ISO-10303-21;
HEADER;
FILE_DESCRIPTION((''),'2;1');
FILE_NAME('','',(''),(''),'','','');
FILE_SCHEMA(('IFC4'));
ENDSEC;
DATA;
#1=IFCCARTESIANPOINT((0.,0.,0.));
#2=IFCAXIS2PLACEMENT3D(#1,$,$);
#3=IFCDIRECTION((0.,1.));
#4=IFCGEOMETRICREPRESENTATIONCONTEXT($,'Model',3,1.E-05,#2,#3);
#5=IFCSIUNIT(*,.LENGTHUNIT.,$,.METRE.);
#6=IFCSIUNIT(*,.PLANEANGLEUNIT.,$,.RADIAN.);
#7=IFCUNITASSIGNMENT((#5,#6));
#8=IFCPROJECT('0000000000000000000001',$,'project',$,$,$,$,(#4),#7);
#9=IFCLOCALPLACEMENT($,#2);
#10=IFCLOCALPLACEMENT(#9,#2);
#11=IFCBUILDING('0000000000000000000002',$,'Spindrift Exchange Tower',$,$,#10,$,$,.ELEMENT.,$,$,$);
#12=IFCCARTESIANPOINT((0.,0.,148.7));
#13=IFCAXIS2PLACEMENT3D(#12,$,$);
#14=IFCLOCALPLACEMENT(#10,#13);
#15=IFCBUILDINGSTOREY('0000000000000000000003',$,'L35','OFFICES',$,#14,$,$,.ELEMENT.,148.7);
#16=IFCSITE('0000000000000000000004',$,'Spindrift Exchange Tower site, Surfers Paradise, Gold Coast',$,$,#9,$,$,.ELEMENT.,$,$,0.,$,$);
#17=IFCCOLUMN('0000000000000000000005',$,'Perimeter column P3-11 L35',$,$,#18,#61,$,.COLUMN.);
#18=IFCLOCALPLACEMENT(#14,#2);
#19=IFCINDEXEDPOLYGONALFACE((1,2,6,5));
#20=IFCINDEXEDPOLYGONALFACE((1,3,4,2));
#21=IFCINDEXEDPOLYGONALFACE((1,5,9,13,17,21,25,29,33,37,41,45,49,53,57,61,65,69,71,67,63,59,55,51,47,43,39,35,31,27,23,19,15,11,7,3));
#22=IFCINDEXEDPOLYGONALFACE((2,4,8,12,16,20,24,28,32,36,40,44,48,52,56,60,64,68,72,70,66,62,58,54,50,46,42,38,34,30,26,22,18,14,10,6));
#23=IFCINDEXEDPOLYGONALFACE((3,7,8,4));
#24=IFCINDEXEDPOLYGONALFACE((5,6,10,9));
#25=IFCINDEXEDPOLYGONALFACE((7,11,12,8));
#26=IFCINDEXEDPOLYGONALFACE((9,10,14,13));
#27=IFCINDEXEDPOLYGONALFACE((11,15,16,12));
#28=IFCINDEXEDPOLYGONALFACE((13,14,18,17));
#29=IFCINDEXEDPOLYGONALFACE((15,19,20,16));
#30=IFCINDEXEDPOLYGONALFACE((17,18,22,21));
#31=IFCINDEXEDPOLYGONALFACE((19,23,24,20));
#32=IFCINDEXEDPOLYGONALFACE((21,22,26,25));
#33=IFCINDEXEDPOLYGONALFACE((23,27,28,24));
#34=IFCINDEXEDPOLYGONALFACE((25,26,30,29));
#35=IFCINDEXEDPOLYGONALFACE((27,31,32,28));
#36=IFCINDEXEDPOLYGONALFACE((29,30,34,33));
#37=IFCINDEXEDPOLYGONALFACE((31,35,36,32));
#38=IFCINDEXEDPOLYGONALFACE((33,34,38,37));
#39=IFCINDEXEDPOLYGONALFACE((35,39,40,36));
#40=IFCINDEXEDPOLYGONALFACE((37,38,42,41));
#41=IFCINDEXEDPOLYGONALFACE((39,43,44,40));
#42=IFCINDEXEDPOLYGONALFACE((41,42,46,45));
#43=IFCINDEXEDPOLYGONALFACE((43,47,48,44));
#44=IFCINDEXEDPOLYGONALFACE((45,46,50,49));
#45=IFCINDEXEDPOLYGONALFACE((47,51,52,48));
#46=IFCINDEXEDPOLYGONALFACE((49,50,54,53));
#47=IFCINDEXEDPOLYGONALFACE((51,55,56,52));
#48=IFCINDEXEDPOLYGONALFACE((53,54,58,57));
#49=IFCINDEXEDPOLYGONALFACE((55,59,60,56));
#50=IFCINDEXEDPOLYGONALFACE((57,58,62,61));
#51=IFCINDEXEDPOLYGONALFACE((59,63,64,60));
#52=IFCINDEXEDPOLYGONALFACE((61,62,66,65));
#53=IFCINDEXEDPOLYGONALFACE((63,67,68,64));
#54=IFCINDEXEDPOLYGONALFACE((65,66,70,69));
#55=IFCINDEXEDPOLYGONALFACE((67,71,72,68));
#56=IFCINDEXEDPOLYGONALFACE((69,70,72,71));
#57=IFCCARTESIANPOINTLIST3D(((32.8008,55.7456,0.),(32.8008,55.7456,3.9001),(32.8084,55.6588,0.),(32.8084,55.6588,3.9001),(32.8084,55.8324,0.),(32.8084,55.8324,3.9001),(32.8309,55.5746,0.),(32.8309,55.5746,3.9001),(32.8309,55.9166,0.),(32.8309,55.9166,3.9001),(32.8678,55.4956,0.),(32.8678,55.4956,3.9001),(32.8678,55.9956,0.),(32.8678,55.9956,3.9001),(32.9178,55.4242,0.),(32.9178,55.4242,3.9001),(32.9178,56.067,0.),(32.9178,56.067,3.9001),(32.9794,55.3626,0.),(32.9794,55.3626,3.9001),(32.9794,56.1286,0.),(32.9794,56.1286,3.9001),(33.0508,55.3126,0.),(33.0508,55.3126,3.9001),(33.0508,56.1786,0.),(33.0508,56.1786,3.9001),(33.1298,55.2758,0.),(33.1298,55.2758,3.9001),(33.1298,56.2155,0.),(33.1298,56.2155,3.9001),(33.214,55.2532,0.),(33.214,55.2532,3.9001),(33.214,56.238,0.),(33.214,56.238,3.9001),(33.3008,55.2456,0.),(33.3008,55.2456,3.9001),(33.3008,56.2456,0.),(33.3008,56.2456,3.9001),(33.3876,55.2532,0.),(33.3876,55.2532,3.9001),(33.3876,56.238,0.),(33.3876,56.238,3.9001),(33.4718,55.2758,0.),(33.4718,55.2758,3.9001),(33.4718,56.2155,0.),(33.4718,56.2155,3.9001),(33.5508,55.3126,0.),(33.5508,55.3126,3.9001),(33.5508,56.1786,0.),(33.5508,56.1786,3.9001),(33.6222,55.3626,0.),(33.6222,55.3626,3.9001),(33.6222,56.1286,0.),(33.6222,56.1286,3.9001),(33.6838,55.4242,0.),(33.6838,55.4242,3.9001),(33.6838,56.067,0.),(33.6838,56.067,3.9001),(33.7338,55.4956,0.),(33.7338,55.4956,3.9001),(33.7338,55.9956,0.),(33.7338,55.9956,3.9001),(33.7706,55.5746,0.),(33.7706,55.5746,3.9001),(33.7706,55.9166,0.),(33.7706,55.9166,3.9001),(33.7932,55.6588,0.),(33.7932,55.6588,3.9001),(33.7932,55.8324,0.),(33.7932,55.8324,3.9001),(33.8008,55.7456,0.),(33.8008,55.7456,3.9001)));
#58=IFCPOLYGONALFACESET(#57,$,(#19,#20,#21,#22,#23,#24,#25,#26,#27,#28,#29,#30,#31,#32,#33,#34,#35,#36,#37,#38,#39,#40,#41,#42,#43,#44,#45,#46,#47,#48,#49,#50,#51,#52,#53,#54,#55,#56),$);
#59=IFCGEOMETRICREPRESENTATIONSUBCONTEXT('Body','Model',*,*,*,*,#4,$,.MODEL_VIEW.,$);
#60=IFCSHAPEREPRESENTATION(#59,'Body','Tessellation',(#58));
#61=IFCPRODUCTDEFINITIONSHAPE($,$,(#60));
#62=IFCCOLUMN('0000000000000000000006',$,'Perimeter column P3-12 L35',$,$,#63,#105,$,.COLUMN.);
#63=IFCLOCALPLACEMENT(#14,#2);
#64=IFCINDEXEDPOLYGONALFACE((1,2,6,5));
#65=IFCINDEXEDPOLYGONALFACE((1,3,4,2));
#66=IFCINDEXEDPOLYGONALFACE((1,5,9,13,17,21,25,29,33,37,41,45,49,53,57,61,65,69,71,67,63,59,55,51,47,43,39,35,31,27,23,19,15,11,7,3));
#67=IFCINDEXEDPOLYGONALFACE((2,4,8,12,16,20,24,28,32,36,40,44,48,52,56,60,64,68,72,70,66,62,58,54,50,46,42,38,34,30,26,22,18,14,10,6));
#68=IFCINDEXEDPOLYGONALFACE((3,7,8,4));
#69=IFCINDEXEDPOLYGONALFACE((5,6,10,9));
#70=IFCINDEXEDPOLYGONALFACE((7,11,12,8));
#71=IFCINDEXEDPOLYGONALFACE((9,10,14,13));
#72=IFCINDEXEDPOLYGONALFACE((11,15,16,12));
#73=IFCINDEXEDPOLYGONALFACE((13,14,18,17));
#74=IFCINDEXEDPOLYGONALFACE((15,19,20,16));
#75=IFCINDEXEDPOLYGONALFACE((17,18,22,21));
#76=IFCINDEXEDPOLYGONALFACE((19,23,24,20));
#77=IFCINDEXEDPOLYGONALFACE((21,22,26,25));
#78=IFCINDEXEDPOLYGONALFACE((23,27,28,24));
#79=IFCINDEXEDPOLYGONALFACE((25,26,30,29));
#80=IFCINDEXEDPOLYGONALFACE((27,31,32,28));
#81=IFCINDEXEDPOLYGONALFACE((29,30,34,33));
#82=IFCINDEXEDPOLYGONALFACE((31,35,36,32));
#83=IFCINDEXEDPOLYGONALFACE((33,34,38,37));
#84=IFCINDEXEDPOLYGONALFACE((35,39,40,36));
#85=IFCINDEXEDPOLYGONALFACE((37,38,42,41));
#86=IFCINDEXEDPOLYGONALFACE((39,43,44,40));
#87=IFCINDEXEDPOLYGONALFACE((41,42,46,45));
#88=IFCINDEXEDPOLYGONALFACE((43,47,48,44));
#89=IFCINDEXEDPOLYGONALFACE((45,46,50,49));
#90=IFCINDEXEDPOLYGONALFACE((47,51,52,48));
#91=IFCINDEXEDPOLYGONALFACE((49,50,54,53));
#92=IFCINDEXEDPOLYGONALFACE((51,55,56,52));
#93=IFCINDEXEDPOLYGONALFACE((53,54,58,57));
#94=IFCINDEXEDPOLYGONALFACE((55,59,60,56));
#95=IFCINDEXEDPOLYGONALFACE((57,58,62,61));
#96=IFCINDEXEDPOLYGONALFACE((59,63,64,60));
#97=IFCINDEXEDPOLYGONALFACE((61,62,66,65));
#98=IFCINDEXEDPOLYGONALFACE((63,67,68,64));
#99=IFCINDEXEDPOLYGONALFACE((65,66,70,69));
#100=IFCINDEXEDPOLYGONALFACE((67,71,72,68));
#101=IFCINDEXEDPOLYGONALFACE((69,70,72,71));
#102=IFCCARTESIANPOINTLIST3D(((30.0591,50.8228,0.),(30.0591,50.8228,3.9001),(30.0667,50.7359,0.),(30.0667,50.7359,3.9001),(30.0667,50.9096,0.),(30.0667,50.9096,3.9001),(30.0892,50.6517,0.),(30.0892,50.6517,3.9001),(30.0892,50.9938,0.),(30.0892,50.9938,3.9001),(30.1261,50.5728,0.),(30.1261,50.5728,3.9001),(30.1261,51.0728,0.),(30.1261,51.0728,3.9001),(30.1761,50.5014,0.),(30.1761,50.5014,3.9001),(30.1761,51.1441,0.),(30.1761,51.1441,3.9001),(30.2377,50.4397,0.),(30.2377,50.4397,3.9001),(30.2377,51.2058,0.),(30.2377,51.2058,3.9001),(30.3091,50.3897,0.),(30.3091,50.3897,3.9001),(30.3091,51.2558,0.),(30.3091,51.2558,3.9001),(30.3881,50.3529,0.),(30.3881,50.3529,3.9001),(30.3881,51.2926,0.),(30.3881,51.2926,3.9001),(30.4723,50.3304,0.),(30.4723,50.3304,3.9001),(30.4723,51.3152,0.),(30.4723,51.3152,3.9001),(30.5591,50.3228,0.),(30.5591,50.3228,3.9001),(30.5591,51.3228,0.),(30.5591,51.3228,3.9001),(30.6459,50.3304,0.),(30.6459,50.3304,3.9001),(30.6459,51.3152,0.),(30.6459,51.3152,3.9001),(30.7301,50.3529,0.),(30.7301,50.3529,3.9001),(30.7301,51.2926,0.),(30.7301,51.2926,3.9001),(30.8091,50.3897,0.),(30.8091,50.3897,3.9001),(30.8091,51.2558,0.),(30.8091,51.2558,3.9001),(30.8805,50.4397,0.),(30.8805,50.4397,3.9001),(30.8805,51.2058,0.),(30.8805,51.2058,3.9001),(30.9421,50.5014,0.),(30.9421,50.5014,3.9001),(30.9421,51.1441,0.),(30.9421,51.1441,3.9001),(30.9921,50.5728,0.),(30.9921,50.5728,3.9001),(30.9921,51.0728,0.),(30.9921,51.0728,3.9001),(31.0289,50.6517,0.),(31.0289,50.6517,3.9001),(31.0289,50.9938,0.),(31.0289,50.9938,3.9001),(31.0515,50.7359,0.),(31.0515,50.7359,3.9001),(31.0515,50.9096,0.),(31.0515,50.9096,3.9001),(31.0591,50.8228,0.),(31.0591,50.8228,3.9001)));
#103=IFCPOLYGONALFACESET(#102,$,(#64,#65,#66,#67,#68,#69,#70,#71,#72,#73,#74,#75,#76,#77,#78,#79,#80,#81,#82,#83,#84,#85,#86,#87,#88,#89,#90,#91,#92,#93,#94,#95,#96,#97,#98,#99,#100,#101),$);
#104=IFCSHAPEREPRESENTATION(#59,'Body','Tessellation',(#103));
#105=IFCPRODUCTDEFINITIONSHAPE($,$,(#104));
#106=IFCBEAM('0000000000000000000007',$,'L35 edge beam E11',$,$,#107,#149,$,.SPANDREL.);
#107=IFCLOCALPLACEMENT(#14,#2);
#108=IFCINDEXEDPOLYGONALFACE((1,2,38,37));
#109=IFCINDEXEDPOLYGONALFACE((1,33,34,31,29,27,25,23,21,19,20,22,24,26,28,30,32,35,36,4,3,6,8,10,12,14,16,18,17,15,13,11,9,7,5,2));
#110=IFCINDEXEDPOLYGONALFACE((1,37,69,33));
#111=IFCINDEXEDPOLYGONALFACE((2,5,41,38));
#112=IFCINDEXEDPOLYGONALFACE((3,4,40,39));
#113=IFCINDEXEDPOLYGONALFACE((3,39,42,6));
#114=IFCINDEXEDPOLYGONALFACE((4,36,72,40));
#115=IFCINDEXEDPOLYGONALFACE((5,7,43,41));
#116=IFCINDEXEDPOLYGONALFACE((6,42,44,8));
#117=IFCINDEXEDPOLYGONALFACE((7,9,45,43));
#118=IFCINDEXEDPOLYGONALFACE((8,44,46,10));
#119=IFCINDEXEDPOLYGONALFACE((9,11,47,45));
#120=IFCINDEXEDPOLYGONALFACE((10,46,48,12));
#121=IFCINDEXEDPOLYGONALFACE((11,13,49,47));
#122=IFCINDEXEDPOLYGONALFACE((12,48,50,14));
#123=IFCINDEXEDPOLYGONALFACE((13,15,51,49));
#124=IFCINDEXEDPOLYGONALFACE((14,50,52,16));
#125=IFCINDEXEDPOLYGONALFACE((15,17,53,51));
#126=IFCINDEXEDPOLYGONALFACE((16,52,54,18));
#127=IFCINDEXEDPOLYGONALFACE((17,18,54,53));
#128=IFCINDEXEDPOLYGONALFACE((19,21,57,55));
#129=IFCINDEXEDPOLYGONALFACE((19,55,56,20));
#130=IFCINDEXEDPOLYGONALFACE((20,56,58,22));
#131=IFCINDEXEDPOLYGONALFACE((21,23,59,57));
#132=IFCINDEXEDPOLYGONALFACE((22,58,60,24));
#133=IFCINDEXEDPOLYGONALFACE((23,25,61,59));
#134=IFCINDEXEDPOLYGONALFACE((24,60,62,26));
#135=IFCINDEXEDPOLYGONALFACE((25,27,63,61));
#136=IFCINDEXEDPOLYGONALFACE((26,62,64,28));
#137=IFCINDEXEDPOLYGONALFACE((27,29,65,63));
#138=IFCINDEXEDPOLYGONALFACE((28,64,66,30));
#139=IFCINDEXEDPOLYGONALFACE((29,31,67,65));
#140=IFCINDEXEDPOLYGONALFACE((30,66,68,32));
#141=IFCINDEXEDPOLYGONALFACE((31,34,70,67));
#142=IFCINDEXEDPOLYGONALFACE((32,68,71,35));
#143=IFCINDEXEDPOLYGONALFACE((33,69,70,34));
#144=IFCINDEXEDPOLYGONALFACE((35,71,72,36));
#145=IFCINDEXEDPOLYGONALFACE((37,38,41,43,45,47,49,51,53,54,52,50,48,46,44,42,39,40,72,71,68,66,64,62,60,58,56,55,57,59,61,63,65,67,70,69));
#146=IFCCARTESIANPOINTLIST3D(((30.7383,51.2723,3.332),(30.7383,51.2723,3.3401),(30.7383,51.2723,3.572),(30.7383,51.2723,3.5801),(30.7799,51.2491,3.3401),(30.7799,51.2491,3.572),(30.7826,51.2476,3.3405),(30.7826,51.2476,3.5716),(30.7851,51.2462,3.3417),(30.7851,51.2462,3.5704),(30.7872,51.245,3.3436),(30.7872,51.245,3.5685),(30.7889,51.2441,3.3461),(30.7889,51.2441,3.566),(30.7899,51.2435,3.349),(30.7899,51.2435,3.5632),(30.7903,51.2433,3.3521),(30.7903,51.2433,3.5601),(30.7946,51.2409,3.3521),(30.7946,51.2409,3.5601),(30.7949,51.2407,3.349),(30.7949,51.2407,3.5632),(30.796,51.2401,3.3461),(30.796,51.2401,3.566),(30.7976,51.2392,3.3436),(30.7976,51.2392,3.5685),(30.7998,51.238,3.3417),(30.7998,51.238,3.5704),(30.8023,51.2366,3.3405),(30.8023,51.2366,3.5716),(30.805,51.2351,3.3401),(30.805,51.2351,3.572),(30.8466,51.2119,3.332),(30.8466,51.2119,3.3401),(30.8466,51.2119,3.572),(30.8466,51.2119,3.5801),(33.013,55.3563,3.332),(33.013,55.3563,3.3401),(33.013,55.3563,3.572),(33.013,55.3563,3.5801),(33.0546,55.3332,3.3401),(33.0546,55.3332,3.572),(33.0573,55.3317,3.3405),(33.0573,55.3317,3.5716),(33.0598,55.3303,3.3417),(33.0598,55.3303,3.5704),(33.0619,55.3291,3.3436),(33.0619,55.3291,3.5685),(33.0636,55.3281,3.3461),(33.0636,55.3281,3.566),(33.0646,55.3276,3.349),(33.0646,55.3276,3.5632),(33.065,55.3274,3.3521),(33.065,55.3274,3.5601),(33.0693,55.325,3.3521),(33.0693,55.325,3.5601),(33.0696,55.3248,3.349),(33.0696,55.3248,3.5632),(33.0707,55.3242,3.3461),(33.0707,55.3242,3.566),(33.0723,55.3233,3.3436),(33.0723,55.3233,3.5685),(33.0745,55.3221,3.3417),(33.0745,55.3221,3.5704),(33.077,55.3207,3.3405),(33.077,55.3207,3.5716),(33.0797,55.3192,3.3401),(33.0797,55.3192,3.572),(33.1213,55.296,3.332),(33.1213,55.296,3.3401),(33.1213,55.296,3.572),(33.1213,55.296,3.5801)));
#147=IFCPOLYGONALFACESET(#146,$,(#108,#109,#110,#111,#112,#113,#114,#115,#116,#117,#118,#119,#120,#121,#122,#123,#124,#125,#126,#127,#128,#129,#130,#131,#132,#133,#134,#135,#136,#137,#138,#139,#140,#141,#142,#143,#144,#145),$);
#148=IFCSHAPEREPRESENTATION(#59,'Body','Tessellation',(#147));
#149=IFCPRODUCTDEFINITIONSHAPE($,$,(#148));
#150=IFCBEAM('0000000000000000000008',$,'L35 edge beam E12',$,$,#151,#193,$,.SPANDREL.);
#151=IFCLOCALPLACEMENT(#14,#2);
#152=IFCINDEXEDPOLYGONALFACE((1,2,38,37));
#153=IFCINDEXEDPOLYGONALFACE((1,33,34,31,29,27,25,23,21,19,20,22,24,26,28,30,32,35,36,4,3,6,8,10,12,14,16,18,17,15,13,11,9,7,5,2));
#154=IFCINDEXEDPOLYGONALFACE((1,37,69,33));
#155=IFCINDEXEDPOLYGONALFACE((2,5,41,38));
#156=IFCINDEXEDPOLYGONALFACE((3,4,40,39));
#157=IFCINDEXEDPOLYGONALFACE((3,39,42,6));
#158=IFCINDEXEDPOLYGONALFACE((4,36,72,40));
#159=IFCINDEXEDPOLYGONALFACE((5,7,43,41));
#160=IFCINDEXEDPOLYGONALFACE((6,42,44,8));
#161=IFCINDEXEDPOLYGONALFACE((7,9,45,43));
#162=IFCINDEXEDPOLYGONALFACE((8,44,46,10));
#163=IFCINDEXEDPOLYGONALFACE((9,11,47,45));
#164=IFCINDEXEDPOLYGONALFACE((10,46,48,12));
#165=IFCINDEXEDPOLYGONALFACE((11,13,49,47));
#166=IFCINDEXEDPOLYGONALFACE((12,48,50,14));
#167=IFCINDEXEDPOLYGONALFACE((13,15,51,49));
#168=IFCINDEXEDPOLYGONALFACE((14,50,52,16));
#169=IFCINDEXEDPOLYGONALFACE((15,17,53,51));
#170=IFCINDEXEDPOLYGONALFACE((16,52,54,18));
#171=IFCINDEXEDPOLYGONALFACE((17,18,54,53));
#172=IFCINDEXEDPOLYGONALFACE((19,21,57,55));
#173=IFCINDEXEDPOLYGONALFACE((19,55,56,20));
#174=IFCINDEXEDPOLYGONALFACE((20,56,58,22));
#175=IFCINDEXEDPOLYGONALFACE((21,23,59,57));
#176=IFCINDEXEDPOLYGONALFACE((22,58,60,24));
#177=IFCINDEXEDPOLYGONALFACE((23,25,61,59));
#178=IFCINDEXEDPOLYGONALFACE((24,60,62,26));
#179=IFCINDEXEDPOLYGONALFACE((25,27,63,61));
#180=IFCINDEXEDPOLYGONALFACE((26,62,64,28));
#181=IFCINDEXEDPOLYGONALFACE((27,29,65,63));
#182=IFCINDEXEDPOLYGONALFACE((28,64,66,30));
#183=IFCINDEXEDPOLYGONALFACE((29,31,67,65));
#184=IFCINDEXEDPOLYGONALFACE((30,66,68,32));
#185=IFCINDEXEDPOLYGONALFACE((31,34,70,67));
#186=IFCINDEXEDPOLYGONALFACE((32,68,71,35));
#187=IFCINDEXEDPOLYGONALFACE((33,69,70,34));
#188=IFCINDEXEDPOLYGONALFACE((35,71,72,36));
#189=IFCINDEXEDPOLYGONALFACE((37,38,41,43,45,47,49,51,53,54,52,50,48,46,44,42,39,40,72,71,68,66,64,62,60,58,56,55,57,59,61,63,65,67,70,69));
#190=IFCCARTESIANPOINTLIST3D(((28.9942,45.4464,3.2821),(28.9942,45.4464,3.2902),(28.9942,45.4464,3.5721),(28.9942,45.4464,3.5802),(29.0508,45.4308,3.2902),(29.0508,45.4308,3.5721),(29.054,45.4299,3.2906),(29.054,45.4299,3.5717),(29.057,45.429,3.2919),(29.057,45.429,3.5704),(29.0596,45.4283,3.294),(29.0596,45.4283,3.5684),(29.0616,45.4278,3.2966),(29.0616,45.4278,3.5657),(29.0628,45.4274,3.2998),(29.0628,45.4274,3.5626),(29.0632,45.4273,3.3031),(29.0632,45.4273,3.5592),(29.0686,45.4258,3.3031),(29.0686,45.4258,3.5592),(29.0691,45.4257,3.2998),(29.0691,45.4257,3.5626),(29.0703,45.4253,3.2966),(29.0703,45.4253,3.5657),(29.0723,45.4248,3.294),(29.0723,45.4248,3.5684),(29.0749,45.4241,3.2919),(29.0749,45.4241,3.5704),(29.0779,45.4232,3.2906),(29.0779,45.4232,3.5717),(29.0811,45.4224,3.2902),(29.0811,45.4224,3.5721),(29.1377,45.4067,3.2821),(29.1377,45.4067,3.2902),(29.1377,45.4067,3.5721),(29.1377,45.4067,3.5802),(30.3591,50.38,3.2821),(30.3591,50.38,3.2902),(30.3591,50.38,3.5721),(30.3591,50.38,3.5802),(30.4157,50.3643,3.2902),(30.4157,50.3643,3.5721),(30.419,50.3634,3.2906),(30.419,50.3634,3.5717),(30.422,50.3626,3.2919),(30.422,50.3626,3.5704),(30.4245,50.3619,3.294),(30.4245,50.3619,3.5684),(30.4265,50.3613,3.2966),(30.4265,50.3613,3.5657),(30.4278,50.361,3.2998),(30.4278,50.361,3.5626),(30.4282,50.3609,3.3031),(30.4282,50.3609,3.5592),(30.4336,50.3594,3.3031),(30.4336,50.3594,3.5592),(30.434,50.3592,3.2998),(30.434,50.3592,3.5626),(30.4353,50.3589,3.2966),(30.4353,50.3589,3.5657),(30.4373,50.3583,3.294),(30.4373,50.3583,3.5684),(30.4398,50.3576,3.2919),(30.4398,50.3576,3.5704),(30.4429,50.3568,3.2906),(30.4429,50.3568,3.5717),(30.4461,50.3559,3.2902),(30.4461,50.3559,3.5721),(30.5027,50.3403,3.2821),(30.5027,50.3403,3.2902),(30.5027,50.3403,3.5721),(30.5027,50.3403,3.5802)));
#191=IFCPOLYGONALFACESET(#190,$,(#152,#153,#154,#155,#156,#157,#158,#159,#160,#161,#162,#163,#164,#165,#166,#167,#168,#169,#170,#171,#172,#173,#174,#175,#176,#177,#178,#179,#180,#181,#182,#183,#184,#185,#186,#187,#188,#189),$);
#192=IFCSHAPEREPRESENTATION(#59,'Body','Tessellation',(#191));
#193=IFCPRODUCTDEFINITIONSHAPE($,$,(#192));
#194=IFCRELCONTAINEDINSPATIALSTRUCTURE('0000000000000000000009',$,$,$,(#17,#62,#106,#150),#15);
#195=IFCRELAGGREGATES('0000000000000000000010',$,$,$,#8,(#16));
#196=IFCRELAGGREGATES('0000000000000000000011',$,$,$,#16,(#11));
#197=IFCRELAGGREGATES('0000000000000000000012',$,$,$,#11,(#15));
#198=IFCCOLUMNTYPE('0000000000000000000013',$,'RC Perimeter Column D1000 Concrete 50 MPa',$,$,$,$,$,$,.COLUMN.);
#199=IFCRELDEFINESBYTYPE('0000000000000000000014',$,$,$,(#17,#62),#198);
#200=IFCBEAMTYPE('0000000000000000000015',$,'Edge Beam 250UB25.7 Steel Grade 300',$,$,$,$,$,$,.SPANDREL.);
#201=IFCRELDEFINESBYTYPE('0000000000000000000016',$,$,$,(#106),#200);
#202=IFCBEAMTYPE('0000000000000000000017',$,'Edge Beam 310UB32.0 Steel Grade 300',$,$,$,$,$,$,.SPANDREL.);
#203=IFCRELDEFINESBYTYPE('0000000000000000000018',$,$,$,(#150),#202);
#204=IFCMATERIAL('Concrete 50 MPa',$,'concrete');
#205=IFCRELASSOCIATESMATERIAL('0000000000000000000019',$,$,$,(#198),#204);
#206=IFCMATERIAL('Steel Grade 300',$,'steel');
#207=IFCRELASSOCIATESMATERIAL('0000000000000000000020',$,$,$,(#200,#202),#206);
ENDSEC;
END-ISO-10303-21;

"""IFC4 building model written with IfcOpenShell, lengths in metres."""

from ifc_helpers import new_model, si_unit, direction, frame, origin, origin_2d, place, context, subcontext, project, spatial, circle, i_section, extrude, source, transform, mapped, material, material_profile, profile_set, type_object, element, save


model = new_model("IFC4")

# Units and contexts
model_context = context("Model", 3, precision=1e-05, world=origin(), true_north=direction((0.0, 1.0)))
body_context = subcontext(model_context, "Body", "Model", "MODEL_VIEW")
ifc_project = project(units=[si_unit("LENGTHUNIT", "METRE"), si_unit("PLANEANGLEUNIT", "RADIAN")], contexts=[model_context])

# Site, building, storey
site_placement = place(None, origin())
site = spatial("IfcSite", under=ifc_project, at=site_placement, Name="Spindrift Exchange Tower site, Surfers Paradise, Gold Coast", CompositionType="ELEMENT", RefElevation=0.0)
building_placement = place(site_placement, origin())
building = spatial("IfcBuilding", under=site, at=building_placement, Name="Spindrift Exchange Tower", CompositionType="ELEMENT")
storey_placement = place(building_placement, frame((0.0, 0.0, 148.7)))
storey = spatial("IfcBuildingStorey", under=building, at=storey_placement, Name="L35", Description="OFFICES", CompositionType="ELEMENT", Elevation=148.7)

# Columns
ifc_material_1 = material(Name="Concrete 50 MPa", Category="concrete")
ifc_material_profile_1 = material_profile(ifc_material_1, circle(Radius=0.5, at=origin_2d()), Name="RC D1000")
ifc_profile_set_1 = profile_set([ifc_material_profile_1], Name="Concrete 50 MPa")
column_type = type_object("IfcColumnType", Name="RC Perimeter Column D1000 Concrete 50 MPa", PredefinedType="COLUMN", material=ifc_profile_set_1)
shared_shape_1 = source(origin(), body_context, "Body", "SweptSolid", [
    extrude(circle(Radius=0.5, at=origin_2d()), origin(), (0.0, 0.0, 1.0), 3.9001),
])
for number, where, z_axis, x_axis, name in (
    (1, (33.3008, 55.7456, 0.0), (0.0, 0.0, 1.0), (1.0, 0.0, 0.0), "Perimeter column P3-11 L35"),
    (2, (30.5591, 50.8228, 0.0), (0.0, 0.0, 1.0), (1.0, 0.0, 0.0), "Perimeter column P3-12 L35"),
):
    element("IfcColumn", number, at=place(storey_placement, frame(where, z_axis=z_axis, x_axis=x_axis)), inside=storey, type_object=column_type, Name=name, PredefinedType="COLUMN", context=body_context, shape_type="MappedRepresentation", body=[
        mapped(shared_shape_1, transform((0.0, 0.0, 0.0), scale=1.0)),
    ])

# Beams
ifc_material_2 = material(Name="Steel Grade 300", Category="steel")
ifc_material_profile_2 = material_profile(ifc_material_2, i_section(OverallWidth=0.124, OverallDepth=0.248, WebThickness=0.0049, FlangeThickness=0.0081, FilletRadius=0.012, at=origin_2d()), Name="250UB25.7")
ifc_profile_set_2 = profile_set([ifc_material_profile_2], Name="Steel Grade 300")
beam_type_1 = type_object("IfcBeamType", Name="Edge Beam 250UB25.7 Steel Grade 300", PredefinedType="SPANDREL", material=ifc_profile_set_2)
shared_shape_2 = source(origin(), body_context, "Body", "SweptSolid", [
    extrude(i_section(OverallWidth=0.124, OverallDepth=0.248, WebThickness=0.0049, FlangeThickness=0.0081, FilletRadius=0.012, at=origin_2d()), origin(), (0.0, 0.0, 1.0), 4.6748),
])
beam_1_placement = place(storey_placement, frame((33.0671, 55.3262, 3.4561), z_axis=(-0.486587, -0.873632, 0.0), x_axis=(0.873632, -0.486587, 0.0)))
element("IfcBeam", 3, at=beam_1_placement, inside=storey, type_object=beam_type_1, Name="L35 edge beam E11", PredefinedType="SPANDREL", context=body_context, shape_type="MappedRepresentation", body=[
    mapped(shared_shape_2, transform((0.0, 0.0, 0.0), scale=1.0)),
])
ifc_material_profile_3 = material_profile(ifc_material_2, i_section(OverallWidth=0.1489, OverallDepth=0.2981, WebThickness=0.0056, FlangeThickness=0.0081, FilletRadius=0.0129, at=origin_2d()), Name="310UB32.0")
ifc_profile_set_3 = profile_set([ifc_material_profile_3], Name="Steel Grade 300")
beam_type_2 = type_object("IfcBeamType", Name="Edge Beam 310UB32.0 Steel Grade 300", PredefinedType="SPANDREL", material=ifc_profile_set_3)
shared_shape_3 = source(origin(), body_context, "Body", "SweptSolid", [
    extrude(i_section(OverallWidth=0.1489, OverallDepth=0.2981, WebThickness=0.0056, FlangeThickness=0.0081, FilletRadius=0.0129, at=origin_2d()), origin(), (0.0, 0.0, 1.0), 5.1189),
])
beam_2_placement = place(storey_placement, frame((30.4309, 50.3601, 3.4312), z_axis=(-0.266655, -0.963792, 0.0), x_axis=(0.963792, -0.266655, 0.0)))
element("IfcBeam", 4, at=beam_2_placement, inside=storey, type_object=beam_type_2, Name="L35 edge beam E12", PredefinedType="SPANDREL", context=body_context, shape_type="MappedRepresentation", body=[
    mapped(shared_shape_3, transform((0.0, 0.0, 0.0), scale=1.0)),
])

save(model, "model.ifc")
